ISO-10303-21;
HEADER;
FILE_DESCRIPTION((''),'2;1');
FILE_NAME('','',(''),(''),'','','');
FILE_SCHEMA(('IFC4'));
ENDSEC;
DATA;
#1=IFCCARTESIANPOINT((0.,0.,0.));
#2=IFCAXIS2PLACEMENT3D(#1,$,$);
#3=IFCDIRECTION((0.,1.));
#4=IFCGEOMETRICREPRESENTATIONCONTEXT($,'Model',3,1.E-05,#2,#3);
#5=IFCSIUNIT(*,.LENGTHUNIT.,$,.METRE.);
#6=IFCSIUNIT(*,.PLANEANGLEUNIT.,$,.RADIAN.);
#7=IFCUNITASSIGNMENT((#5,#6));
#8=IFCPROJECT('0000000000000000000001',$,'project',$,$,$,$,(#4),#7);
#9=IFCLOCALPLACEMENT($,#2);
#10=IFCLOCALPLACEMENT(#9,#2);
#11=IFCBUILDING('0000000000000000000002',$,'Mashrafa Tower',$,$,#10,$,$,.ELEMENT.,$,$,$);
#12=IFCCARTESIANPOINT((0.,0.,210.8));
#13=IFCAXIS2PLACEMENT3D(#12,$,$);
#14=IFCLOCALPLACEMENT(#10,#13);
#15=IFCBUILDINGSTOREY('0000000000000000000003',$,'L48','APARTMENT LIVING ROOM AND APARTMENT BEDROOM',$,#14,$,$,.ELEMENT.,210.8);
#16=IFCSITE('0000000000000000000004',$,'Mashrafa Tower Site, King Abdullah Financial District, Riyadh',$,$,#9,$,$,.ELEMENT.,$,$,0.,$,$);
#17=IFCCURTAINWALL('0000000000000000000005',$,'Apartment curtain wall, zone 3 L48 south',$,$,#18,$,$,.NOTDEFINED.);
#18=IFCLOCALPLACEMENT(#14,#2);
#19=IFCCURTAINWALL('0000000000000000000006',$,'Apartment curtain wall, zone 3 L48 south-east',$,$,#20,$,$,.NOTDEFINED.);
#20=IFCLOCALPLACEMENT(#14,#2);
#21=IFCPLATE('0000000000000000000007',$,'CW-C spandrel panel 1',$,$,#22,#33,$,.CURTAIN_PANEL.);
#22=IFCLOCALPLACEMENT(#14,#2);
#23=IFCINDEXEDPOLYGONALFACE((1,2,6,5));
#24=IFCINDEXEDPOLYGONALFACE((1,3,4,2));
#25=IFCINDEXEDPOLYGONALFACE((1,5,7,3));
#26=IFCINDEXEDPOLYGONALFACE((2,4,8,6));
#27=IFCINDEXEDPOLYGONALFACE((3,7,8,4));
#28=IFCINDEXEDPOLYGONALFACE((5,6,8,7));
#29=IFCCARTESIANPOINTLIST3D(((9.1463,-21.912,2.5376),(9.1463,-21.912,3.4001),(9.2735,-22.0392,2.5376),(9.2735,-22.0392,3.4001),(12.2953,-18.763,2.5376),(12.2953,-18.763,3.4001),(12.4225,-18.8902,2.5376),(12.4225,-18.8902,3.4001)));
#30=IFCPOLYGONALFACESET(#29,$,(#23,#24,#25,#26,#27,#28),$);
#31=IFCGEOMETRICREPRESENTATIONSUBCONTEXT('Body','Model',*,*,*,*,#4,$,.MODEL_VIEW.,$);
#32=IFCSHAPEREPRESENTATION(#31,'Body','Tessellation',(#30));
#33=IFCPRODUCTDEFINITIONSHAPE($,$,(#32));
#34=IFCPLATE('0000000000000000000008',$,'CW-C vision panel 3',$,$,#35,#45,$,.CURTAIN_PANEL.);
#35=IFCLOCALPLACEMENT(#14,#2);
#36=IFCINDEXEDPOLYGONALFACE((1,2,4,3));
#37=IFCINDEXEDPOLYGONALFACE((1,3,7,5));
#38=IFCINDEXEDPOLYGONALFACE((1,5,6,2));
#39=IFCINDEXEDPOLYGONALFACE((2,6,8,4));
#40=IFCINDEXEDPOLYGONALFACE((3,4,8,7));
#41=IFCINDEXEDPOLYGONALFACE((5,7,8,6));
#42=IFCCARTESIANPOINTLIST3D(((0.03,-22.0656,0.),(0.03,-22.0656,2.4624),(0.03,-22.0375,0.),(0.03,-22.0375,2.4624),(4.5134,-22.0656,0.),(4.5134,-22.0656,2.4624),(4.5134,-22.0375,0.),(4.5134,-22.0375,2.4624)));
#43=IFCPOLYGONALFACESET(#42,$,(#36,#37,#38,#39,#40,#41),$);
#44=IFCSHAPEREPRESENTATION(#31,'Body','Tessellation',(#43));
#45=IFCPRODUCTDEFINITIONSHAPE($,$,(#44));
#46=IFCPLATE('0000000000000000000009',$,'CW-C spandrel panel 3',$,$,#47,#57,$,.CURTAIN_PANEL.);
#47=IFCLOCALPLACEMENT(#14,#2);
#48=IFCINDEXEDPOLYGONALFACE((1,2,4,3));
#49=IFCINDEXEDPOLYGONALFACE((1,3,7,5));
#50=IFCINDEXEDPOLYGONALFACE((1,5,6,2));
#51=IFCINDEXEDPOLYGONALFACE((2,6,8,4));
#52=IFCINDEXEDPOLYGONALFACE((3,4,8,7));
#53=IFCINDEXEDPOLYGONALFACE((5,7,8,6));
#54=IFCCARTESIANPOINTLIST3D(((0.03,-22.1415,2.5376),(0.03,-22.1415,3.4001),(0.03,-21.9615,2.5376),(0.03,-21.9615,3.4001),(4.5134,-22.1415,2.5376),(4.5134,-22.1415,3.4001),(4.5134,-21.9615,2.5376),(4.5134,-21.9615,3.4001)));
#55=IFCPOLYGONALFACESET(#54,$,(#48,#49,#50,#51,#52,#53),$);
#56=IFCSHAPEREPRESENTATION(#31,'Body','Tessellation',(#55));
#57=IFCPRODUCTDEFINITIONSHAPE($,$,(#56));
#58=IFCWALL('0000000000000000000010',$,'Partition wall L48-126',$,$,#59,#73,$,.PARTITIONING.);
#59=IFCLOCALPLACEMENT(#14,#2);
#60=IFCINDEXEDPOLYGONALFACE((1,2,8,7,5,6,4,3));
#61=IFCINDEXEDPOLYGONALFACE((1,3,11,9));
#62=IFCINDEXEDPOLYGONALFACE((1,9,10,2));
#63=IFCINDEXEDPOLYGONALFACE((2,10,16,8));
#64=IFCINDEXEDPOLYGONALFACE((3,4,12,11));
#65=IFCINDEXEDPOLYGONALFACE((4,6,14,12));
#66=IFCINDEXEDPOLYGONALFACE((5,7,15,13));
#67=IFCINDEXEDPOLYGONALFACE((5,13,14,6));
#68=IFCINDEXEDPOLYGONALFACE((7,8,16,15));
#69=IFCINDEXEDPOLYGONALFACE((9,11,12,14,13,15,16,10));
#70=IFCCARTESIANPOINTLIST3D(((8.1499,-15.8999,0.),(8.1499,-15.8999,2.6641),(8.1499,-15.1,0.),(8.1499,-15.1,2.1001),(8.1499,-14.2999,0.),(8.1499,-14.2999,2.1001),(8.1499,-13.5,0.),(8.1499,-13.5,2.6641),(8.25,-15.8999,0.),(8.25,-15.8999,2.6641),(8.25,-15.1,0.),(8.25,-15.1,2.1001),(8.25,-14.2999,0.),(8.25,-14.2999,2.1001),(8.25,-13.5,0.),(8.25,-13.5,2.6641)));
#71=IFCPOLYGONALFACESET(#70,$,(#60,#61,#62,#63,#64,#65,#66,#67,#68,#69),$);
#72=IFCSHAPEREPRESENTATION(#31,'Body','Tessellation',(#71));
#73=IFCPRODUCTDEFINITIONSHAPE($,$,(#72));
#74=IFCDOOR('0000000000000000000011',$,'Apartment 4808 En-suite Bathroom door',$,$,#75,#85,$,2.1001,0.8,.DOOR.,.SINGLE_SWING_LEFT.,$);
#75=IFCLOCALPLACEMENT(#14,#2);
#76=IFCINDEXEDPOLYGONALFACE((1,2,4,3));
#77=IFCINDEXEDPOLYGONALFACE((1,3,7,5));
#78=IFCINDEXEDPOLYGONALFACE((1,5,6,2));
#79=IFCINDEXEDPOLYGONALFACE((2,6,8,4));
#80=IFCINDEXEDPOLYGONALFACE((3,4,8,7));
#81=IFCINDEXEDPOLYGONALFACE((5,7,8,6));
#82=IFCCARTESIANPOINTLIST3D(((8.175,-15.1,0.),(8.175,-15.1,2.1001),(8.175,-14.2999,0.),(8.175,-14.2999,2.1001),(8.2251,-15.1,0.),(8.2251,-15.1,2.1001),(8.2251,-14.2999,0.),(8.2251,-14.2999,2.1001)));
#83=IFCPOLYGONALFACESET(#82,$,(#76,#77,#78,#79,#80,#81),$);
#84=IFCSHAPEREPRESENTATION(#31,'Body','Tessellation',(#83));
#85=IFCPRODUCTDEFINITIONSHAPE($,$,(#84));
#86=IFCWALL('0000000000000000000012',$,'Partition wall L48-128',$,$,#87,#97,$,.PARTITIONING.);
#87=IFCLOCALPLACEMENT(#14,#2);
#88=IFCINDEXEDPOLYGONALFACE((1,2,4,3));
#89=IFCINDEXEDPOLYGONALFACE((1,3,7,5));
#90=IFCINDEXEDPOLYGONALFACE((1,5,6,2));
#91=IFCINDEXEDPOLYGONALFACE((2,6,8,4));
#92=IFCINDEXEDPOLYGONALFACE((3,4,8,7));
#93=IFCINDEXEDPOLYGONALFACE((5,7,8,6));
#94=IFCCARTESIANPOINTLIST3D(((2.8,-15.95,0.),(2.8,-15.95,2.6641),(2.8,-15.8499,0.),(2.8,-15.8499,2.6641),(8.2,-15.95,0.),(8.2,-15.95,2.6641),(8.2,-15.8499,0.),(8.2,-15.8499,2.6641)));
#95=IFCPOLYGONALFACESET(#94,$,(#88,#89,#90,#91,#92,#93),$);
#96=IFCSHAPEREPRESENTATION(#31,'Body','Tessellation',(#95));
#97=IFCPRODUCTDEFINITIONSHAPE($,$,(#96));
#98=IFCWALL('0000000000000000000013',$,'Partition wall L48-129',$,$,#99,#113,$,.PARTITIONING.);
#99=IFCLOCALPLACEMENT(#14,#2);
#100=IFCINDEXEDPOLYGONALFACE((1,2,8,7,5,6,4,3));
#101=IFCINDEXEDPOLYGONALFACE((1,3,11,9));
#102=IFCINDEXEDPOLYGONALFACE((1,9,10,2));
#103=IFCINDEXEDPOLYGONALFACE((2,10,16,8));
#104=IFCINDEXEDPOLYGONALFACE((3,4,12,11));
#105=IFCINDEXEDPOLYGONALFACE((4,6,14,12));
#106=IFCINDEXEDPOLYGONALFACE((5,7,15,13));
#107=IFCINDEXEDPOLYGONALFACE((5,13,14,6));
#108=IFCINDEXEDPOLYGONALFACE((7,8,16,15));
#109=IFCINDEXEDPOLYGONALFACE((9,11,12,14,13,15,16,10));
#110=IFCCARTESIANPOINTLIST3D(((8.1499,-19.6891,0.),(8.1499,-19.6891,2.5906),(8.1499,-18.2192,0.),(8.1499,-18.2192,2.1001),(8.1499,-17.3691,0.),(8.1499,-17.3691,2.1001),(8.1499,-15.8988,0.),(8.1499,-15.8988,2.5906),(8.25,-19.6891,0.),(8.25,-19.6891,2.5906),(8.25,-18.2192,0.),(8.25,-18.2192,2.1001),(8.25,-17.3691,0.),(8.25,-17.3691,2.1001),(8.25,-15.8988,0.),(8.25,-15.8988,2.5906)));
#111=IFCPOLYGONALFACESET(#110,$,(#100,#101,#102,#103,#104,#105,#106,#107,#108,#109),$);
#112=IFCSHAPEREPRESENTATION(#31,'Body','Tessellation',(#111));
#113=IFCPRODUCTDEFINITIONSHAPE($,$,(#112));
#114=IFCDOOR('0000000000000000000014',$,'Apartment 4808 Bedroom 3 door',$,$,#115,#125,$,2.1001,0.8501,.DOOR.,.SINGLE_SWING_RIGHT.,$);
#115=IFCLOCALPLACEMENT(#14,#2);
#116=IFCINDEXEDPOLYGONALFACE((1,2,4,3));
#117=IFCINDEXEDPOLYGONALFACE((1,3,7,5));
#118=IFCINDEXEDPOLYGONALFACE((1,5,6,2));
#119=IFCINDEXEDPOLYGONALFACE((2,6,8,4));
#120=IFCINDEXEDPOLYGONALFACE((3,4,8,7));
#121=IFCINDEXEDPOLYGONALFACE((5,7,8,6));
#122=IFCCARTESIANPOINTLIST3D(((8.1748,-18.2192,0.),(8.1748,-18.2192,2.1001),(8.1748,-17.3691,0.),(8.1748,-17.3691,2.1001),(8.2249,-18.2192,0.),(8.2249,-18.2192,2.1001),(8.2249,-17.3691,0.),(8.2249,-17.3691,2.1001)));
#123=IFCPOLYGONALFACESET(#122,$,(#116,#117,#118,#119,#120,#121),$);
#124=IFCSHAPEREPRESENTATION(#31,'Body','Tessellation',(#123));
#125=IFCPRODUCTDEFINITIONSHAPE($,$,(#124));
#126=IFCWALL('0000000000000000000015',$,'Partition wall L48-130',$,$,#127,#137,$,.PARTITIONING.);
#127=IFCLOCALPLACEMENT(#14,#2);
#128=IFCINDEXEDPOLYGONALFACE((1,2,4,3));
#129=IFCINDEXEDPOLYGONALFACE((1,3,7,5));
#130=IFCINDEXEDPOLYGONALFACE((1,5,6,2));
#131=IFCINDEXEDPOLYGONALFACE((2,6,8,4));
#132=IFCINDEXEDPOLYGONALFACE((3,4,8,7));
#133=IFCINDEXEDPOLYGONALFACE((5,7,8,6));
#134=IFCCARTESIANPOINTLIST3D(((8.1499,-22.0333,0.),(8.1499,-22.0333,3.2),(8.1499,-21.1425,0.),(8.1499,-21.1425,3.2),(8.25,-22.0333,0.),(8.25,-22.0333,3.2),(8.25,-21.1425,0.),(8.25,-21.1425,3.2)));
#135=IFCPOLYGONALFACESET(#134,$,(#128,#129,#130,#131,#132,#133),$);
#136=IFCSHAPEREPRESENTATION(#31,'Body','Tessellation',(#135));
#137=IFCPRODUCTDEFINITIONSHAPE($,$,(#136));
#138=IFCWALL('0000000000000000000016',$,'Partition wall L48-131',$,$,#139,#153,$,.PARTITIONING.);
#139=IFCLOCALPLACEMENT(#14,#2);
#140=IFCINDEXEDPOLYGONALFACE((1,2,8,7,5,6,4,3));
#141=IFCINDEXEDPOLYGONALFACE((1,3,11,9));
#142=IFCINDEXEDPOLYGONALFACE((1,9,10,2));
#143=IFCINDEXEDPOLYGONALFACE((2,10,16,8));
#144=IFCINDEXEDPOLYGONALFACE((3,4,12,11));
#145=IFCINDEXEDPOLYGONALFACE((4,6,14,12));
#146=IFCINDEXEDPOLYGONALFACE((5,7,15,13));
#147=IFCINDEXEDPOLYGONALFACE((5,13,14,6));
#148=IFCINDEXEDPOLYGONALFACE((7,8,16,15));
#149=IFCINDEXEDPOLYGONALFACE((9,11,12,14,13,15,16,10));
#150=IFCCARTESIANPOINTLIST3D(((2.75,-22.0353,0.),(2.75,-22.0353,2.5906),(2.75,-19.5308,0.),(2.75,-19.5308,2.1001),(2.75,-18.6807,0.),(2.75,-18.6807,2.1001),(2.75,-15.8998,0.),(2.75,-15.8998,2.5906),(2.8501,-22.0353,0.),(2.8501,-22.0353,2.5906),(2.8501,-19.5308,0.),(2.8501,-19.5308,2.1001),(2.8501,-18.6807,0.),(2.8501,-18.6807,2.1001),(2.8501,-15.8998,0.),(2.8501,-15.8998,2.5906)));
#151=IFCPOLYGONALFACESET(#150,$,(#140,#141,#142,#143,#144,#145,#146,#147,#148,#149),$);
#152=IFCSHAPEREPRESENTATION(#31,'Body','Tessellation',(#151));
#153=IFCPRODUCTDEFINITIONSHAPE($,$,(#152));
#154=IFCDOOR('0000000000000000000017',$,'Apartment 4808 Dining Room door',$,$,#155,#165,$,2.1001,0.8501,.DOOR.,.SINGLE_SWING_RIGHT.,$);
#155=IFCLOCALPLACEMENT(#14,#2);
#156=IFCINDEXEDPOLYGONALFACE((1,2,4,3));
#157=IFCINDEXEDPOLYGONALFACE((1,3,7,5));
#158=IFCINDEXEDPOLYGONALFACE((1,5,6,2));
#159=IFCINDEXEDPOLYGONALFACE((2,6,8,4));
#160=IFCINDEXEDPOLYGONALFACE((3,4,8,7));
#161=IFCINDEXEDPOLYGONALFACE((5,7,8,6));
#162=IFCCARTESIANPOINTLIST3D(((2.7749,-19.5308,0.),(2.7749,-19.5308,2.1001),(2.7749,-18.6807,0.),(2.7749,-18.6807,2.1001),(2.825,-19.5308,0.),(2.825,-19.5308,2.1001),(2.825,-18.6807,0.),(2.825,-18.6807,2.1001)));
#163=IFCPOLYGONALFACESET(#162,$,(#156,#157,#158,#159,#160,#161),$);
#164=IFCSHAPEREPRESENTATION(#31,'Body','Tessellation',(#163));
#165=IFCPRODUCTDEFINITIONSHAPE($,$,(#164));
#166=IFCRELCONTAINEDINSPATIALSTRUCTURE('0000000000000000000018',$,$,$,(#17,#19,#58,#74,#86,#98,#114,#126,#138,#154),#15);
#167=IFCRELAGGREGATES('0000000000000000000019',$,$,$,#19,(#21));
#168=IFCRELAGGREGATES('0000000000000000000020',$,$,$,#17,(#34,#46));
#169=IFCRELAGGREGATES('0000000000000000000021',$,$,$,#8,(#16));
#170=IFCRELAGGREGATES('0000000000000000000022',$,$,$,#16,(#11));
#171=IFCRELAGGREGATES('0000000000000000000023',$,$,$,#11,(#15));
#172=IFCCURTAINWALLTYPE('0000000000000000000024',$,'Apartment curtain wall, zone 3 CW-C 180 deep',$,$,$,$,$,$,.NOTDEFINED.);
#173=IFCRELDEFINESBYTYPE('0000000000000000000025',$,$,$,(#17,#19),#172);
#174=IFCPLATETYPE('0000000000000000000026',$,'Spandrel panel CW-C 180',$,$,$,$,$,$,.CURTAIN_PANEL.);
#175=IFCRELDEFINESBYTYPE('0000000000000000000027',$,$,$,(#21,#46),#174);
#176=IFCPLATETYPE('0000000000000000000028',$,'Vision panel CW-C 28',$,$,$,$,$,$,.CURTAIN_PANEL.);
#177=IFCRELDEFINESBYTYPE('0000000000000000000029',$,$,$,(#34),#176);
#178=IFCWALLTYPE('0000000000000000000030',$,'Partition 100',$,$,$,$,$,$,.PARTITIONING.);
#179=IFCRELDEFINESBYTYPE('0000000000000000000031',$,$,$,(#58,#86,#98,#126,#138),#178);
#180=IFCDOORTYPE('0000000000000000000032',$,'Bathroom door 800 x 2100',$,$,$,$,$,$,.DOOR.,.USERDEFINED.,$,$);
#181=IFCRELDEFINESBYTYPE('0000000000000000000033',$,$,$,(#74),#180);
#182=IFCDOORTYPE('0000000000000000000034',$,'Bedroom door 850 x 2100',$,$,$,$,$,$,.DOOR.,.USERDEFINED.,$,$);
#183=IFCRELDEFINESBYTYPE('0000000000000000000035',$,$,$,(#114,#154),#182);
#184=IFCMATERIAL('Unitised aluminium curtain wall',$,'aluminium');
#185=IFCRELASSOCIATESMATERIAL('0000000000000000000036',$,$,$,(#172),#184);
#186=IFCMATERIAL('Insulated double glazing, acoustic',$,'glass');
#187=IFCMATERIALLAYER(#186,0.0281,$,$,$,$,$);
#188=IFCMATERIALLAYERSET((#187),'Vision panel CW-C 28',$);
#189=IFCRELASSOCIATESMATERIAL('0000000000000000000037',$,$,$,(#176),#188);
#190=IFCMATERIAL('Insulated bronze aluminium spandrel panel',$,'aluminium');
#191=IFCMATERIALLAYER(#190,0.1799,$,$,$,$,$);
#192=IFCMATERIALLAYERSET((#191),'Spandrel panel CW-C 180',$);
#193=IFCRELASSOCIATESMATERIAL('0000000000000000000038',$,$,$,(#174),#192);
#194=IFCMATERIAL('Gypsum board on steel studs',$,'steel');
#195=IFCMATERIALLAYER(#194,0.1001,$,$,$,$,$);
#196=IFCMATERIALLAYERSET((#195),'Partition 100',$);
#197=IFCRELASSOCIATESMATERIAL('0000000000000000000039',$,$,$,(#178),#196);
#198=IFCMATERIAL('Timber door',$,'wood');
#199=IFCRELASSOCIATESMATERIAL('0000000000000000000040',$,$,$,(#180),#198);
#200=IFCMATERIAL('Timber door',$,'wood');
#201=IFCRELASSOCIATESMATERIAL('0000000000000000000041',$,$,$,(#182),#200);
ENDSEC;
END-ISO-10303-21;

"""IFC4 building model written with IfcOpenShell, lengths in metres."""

from ifc_helpers import new_model, si_unit, direction, frame, frame_2d, origin, origin_2d, place, context, subcontext, project, spatial, rectangle, extrude, source, transform, mapped, material, layer, layer_set, type_object, type_shapes, element, fill, aggregate, save


model = new_model("IFC4")

# Units and contexts
model_context = context("Model", 3, precision=1e-05, world=origin(), true_north=direction((0.0, 1.0)))
body_context = subcontext(model_context, "Body", "Model", "MODEL_VIEW")
ifc_project = project(units=[si_unit("LENGTHUNIT", "METRE"), si_unit("PLANEANGLEUNIT", "RADIAN")], contexts=[model_context])

# Site, building, storey
site_placement = place(None, origin())
site = spatial("IfcSite", under=ifc_project, at=site_placement, Name="Mashrafa Tower Site, King Abdullah Financial District, Riyadh", CompositionType="ELEMENT", RefElevation=0.0)
building_placement = place(site_placement, origin())
building = spatial("IfcBuilding", under=site, at=building_placement, Name="Mashrafa Tower", CompositionType="ELEMENT")
storey_placement = place(building_placement, frame((0.0, 0.0, 210.8)))
storey = spatial("IfcBuildingStorey", under=building, at=storey_placement, Name="L48", Description="APARTMENT LIVING ROOM AND APARTMENT BEDROOM", CompositionType="ELEMENT", Elevation=210.8)

# Curtain wall
ifc_material_1 = material(Name="Unitised aluminium curtain wall", Category="aluminium")
curtain_wall_type = type_object("IfcCurtainWallType", Name="Apartment curtain wall, zone 3 CW-C 180 deep", PredefinedType="NOTDEFINED", material=ifc_material_1)
curtain_wall_1_placement = place(storey_placement, origin())
curtain_wall_1 = element("IfcCurtainWall", 1, at=curtain_wall_1_placement, inside=storey, type_object=curtain_wall_type, Name="Apartment curtain wall, zone 3 L48 south", PredefinedType="NOTDEFINED")

# Curtain wall
curtain_wall_2_placement = place(storey_placement, origin())
curtain_wall_2 = element("IfcCurtainWall", 2, at=curtain_wall_2_placement, inside=storey, type_object=curtain_wall_type, Name="Apartment curtain wall, zone 3 L48 south-east", PredefinedType="NOTDEFINED")

# Plates
ifc_material_2 = material(Name="Insulated double glazing, acoustic", Category="glass")
ifc_layer_1 = layer(ifc_material_2, 0.0281)
ifc_layer_set_1 = layer_set([ifc_layer_1], Name="Vision panel CW-C 28")
plate_type_1 = type_object("IfcPlateType", Name="Vision panel CW-C 28", PredefinedType="CURTAIN_PANEL", material=ifc_layer_set_1)
ifc_material_3 = material(Name="Insulated bronze aluminium spandrel panel", Category="aluminium")
ifc_layer_2 = layer(ifc_material_3, 0.1799)
ifc_layer_set_2 = layer_set([ifc_layer_2], Name="Spandrel panel CW-C 180")
plate_type_2 = type_object("IfcPlateType", Name="Spandrel panel CW-C 180", PredefinedType="CURTAIN_PANEL", material=ifc_layer_set_2)
shared_shape_1 = source(origin(), body_context, "Body", "SweptSolid", [
    extrude(rectangle(XDim=4.4534, YDim=0.1799, at=origin_2d()), origin(), (0.0, 0.0, 1.0), 0.8625),
])
plate_1_placement = place(storey_placement, frame((10.7844, -20.4011, 2.5376), z_axis=(0.0, 0.0, 1.0), x_axis=(0.707107, 0.707107, 0.0)))
plate_1 = element("IfcPlate", 3, at=plate_1_placement, type_object=plate_type_2, Name="CW-C spandrel panel 1", PredefinedType="CURTAIN_PANEL", context=body_context, shape_type="MappedRepresentation", body=[
    mapped(shared_shape_1, transform((0.0, 0.0, 0.0))),
])
aggregate(curtain_wall_2, [plate_1])
shared_shape_2 = source(origin(), body_context, "Body", "SweptSolid", [
    extrude(rectangle(XDim=4.4834, YDim=0.0281, at=origin_2d()), origin(), (0.0, 0.0, 1.0), 2.4624),
])
plate_2_placement = place(storey_placement, frame((2.2717, -22.0515, 0.0), z_axis=(0.0, 0.0, 1.0), x_axis=(1.0, 0.0, 0.0)))
plate_2 = element("IfcPlate", 4, at=plate_2_placement, type_object=plate_type_1, Name="CW-C vision panel 3", PredefinedType="CURTAIN_PANEL", context=body_context, shape_type="MappedRepresentation", body=[
    mapped(shared_shape_2, transform((0.0, 0.0, 0.0))),
])
shared_shape_3 = source(origin(), body_context, "Body", "SweptSolid", [
    extrude(rectangle(XDim=4.4834, YDim=0.1799, at=origin_2d()), origin(), (0.0, 0.0, 1.0), 0.8625),
])
type_shapes(plate_type_2, [shared_shape_1, shared_shape_3])
plate_3_placement = place(storey_placement, frame((2.2717, -22.0515, 2.5376), z_axis=(0.0, 0.0, 1.0), x_axis=(1.0, 0.0, 0.0)))
plate_3 = element("IfcPlate", 5, at=plate_3_placement, type_object=plate_type_2, Name="CW-C spandrel panel 3", PredefinedType="CURTAIN_PANEL", context=body_context, shape_type="MappedRepresentation", body=[
    mapped(shared_shape_3, transform((0.0, 0.0, 0.0))),
])
aggregate(curtain_wall_1, [plate_2, plate_3])

# Wall, opening, door
ifc_material_4 = material(Name="Gypsum board on steel studs", Category="steel")
ifc_layer_3 = layer(ifc_material_4, 0.1001)
ifc_layer_set_3 = layer_set([ifc_layer_3], Name="Partition 100")
wall_type = type_object("IfcWallType", Name="Partition 100", PredefinedType="PARTITIONING", material=ifc_layer_set_3)
wall_1_placement = place(storey_placement, frame((8.2, -15.8999, 0.0), z_axis=(0.0, 0.0, 1.0), x_axis=(0.0, 1.0, 0.0)))
wall_1 = element("IfcWall", 6, at=wall_1_placement, inside=storey, type_object=wall_type, Name="Partition wall L48-126", PredefinedType="PARTITIONING", context=body_context, shape_type="SweptSolid", body=[
    extrude(rectangle(XDim=2.3999, YDim=0.1001, at=frame_2d((1.2, 0.0))), origin(), (0.0, 0.0, 1.0), 2.6641),
])
opening_1_placement = place(wall_1_placement, frame((0.8, 0.0, 0.0)))
opening_1 = element("IfcOpeningElement", 7, at=opening_1_placement, cuts=wall_1, PredefinedType="OPENING", context=body_context, shape_type="SweptSolid", body=[
    extrude(rectangle(XDim=0.8, YDim=2.1001, at=frame_2d((0.3999, 1.05))), frame((0.0, 0.0601, 0.0), z_axis=(0.0, -1.0, 0.0), x_axis=(1.0, 0.0, 0.0)), (0.0, 0.0, 1.0), 0.1201),
])
ifc_material_5 = material(Name="Timber door", Category="wood")
door_type_1 = type_object("IfcDoorType", Name="Bathroom door 800 x 2100", OperationType="USERDEFINED", PredefinedType="DOOR", material=ifc_material_5)
door_1_placement = place(opening_1_placement, origin())
door_1 = element("IfcDoor", 8, at=door_1_placement, inside=storey, type_object=door_type_1, Name="Apartment 4808 En-suite Bathroom door", OperationType="SINGLE_SWING_LEFT", OverallHeight=2.1001, OverallWidth=0.8, PredefinedType="DOOR", context=body_context, shape_type="SweptSolid", body=[
    extrude(rectangle(XDim=0.8, YDim=2.1001, at=frame_2d((0.3999, 1.05))), frame((0.0, 0.0249, 0.0), z_axis=(0.0, -1.0, 0.0), x_axis=(1.0, 0.0, 0.0)), (0.0, 0.0, 1.0), 0.05),
])
fill(opening_1, door_1)

# Wall
wall_2_placement = place(storey_placement, frame((8.2, -15.8999, 0.0), z_axis=(0.0, 0.0, 1.0), x_axis=(-1.0, 0.0, 0.0)))
element("IfcWall", 9, at=wall_2_placement, inside=storey, type_object=wall_type, Name="Partition wall L48-128", PredefinedType="PARTITIONING", context=body_context, shape_type="SweptSolid", body=[
    extrude(rectangle(XDim=5.3999, YDim=0.1001, at=frame_2d((2.7, 0.0))), origin(), (0.0, 0.0, 1.0), 2.6641),
])

# Wall, opening, door
wall_3_placement = place(storey_placement, frame((8.2, -15.8989, 0.0), z_axis=(0.0, 0.0, 1.0), x_axis=(0.0, -1.0, 0.0)))
wall_3 = element("IfcWall", 10, at=wall_3_placement, inside=storey, type_object=wall_type, Name="Partition wall L48-129", PredefinedType="PARTITIONING", context=body_context, shape_type="SweptSolid", body=[
    extrude(rectangle(XDim=3.7903, YDim=0.1001, at=frame_2d((1.895, 0.0))), origin(), (0.0, 0.0, 1.0), 2.5906),
])
opening_2_placement = place(wall_3_placement, frame((1.4702, 0.0, 0.0)))
opening_2 = element("IfcOpeningElement", 11, at=opening_2_placement, cuts=wall_3, PredefinedType="OPENING", context=body_context, shape_type="SweptSolid", body=[
    extrude(rectangle(XDim=0.8501, YDim=2.1001, at=frame_2d((0.425, 1.05))), frame((0.0, 0.0601, 0.0), z_axis=(0.0, -1.0, 0.0), x_axis=(1.0, 0.0, 0.0)), (0.0, 0.0, 1.0), 0.1201),
])
ifc_material_6 = material(Name="Timber door", Category="wood")
door_type_2 = type_object("IfcDoorType", Name="Bedroom door 850 x 2100", OperationType="USERDEFINED", PredefinedType="DOOR", material=ifc_material_6)
door_2_placement = place(opening_2_placement, origin())
door_2 = element("IfcDoor", 12, at=door_2_placement, inside=storey, type_object=door_type_2, Name="Apartment 4808 Bedroom 3 door", OperationType="SINGLE_SWING_RIGHT", OverallHeight=2.1001, OverallWidth=0.8501, PredefinedType="DOOR", context=body_context, shape_type="SweptSolid", body=[
    extrude(rectangle(XDim=0.8501, YDim=2.1001, at=frame_2d((0.425, 1.05))), frame((0.0, 0.0249, 0.0), z_axis=(0.0, -1.0, 0.0), x_axis=(1.0, 0.0, 0.0)), (0.0, 0.0, 1.0), 0.05),
])
fill(opening_2, door_2)

# Wall
wall_4_placement = place(storey_placement, frame((8.2, -21.1426, 0.0), z_axis=(0.0, 0.0, 1.0), x_axis=(0.0, -1.0, 0.0)))
element("IfcWall", 13, at=wall_4_placement, inside=storey, type_object=wall_type, Name="Partition wall L48-130", PredefinedType="PARTITIONING", context=body_context, shape_type="SweptSolid", body=[
    extrude(rectangle(XDim=0.8909, YDim=0.1001, at=frame_2d((0.4453, 0.0))), origin(), (0.0, 0.0, 1.0), 3.2),
])

# Wall, opening, door
wall_5_placement = place(storey_placement, frame((2.8, -22.0354, 0.0), z_axis=(0.0, 0.0, 1.0), x_axis=(0.0, 1.0, 0.0)))
wall_5 = element("IfcWall", 14, at=wall_5_placement, inside=storey, type_object=wall_type, Name="Partition wall L48-131", PredefinedType="PARTITIONING", context=body_context, shape_type="SweptSolid", body=[
    extrude(rectangle(XDim=6.1355, YDim=0.1001, at=frame_2d((3.0679, 0.0))), origin(), (0.0, 0.0, 1.0), 2.5906),
])
opening_3_placement = place(wall_5_placement, frame((2.5046, 0.0, 0.0)))
opening_3 = element("IfcOpeningElement", 15, at=opening_3_placement, cuts=wall_5, PredefinedType="OPENING", context=body_context, shape_type="SweptSolid", body=[
    extrude(rectangle(XDim=0.8501, YDim=2.1001, at=frame_2d((0.425, 1.05))), frame((0.0, 0.0601, 0.0), z_axis=(0.0, -1.0, 0.0), x_axis=(1.0, 0.0, 0.0)), (0.0, 0.0, 1.0), 0.1201),
])
door_3_placement = place(opening_3_placement, frame((0.8501, 0.0, 0.0), z_axis=(0.0, 0.0, 1.0), x_axis=(-1.0, 0.0, 0.0)))
door_3 = element("IfcDoor", 16, at=door_3_placement, inside=storey, type_object=door_type_2, Name="Apartment 4808 Dining Room door", OperationType="SINGLE_SWING_RIGHT", OverallHeight=2.1001, OverallWidth=0.8501, PredefinedType="DOOR", context=body_context, shape_type="SweptSolid", body=[
    extrude(rectangle(XDim=0.8501, YDim=2.1001, at=frame_2d((0.425, 1.05))), frame((0.0, 0.0249, 0.0), z_axis=(0.0, -1.0, 0.0), x_axis=(1.0, 0.0, 0.0)), (0.0, 0.0, 1.0), 0.05),
])
fill(opening_3, door_3)

save(model, "model.ifc")
